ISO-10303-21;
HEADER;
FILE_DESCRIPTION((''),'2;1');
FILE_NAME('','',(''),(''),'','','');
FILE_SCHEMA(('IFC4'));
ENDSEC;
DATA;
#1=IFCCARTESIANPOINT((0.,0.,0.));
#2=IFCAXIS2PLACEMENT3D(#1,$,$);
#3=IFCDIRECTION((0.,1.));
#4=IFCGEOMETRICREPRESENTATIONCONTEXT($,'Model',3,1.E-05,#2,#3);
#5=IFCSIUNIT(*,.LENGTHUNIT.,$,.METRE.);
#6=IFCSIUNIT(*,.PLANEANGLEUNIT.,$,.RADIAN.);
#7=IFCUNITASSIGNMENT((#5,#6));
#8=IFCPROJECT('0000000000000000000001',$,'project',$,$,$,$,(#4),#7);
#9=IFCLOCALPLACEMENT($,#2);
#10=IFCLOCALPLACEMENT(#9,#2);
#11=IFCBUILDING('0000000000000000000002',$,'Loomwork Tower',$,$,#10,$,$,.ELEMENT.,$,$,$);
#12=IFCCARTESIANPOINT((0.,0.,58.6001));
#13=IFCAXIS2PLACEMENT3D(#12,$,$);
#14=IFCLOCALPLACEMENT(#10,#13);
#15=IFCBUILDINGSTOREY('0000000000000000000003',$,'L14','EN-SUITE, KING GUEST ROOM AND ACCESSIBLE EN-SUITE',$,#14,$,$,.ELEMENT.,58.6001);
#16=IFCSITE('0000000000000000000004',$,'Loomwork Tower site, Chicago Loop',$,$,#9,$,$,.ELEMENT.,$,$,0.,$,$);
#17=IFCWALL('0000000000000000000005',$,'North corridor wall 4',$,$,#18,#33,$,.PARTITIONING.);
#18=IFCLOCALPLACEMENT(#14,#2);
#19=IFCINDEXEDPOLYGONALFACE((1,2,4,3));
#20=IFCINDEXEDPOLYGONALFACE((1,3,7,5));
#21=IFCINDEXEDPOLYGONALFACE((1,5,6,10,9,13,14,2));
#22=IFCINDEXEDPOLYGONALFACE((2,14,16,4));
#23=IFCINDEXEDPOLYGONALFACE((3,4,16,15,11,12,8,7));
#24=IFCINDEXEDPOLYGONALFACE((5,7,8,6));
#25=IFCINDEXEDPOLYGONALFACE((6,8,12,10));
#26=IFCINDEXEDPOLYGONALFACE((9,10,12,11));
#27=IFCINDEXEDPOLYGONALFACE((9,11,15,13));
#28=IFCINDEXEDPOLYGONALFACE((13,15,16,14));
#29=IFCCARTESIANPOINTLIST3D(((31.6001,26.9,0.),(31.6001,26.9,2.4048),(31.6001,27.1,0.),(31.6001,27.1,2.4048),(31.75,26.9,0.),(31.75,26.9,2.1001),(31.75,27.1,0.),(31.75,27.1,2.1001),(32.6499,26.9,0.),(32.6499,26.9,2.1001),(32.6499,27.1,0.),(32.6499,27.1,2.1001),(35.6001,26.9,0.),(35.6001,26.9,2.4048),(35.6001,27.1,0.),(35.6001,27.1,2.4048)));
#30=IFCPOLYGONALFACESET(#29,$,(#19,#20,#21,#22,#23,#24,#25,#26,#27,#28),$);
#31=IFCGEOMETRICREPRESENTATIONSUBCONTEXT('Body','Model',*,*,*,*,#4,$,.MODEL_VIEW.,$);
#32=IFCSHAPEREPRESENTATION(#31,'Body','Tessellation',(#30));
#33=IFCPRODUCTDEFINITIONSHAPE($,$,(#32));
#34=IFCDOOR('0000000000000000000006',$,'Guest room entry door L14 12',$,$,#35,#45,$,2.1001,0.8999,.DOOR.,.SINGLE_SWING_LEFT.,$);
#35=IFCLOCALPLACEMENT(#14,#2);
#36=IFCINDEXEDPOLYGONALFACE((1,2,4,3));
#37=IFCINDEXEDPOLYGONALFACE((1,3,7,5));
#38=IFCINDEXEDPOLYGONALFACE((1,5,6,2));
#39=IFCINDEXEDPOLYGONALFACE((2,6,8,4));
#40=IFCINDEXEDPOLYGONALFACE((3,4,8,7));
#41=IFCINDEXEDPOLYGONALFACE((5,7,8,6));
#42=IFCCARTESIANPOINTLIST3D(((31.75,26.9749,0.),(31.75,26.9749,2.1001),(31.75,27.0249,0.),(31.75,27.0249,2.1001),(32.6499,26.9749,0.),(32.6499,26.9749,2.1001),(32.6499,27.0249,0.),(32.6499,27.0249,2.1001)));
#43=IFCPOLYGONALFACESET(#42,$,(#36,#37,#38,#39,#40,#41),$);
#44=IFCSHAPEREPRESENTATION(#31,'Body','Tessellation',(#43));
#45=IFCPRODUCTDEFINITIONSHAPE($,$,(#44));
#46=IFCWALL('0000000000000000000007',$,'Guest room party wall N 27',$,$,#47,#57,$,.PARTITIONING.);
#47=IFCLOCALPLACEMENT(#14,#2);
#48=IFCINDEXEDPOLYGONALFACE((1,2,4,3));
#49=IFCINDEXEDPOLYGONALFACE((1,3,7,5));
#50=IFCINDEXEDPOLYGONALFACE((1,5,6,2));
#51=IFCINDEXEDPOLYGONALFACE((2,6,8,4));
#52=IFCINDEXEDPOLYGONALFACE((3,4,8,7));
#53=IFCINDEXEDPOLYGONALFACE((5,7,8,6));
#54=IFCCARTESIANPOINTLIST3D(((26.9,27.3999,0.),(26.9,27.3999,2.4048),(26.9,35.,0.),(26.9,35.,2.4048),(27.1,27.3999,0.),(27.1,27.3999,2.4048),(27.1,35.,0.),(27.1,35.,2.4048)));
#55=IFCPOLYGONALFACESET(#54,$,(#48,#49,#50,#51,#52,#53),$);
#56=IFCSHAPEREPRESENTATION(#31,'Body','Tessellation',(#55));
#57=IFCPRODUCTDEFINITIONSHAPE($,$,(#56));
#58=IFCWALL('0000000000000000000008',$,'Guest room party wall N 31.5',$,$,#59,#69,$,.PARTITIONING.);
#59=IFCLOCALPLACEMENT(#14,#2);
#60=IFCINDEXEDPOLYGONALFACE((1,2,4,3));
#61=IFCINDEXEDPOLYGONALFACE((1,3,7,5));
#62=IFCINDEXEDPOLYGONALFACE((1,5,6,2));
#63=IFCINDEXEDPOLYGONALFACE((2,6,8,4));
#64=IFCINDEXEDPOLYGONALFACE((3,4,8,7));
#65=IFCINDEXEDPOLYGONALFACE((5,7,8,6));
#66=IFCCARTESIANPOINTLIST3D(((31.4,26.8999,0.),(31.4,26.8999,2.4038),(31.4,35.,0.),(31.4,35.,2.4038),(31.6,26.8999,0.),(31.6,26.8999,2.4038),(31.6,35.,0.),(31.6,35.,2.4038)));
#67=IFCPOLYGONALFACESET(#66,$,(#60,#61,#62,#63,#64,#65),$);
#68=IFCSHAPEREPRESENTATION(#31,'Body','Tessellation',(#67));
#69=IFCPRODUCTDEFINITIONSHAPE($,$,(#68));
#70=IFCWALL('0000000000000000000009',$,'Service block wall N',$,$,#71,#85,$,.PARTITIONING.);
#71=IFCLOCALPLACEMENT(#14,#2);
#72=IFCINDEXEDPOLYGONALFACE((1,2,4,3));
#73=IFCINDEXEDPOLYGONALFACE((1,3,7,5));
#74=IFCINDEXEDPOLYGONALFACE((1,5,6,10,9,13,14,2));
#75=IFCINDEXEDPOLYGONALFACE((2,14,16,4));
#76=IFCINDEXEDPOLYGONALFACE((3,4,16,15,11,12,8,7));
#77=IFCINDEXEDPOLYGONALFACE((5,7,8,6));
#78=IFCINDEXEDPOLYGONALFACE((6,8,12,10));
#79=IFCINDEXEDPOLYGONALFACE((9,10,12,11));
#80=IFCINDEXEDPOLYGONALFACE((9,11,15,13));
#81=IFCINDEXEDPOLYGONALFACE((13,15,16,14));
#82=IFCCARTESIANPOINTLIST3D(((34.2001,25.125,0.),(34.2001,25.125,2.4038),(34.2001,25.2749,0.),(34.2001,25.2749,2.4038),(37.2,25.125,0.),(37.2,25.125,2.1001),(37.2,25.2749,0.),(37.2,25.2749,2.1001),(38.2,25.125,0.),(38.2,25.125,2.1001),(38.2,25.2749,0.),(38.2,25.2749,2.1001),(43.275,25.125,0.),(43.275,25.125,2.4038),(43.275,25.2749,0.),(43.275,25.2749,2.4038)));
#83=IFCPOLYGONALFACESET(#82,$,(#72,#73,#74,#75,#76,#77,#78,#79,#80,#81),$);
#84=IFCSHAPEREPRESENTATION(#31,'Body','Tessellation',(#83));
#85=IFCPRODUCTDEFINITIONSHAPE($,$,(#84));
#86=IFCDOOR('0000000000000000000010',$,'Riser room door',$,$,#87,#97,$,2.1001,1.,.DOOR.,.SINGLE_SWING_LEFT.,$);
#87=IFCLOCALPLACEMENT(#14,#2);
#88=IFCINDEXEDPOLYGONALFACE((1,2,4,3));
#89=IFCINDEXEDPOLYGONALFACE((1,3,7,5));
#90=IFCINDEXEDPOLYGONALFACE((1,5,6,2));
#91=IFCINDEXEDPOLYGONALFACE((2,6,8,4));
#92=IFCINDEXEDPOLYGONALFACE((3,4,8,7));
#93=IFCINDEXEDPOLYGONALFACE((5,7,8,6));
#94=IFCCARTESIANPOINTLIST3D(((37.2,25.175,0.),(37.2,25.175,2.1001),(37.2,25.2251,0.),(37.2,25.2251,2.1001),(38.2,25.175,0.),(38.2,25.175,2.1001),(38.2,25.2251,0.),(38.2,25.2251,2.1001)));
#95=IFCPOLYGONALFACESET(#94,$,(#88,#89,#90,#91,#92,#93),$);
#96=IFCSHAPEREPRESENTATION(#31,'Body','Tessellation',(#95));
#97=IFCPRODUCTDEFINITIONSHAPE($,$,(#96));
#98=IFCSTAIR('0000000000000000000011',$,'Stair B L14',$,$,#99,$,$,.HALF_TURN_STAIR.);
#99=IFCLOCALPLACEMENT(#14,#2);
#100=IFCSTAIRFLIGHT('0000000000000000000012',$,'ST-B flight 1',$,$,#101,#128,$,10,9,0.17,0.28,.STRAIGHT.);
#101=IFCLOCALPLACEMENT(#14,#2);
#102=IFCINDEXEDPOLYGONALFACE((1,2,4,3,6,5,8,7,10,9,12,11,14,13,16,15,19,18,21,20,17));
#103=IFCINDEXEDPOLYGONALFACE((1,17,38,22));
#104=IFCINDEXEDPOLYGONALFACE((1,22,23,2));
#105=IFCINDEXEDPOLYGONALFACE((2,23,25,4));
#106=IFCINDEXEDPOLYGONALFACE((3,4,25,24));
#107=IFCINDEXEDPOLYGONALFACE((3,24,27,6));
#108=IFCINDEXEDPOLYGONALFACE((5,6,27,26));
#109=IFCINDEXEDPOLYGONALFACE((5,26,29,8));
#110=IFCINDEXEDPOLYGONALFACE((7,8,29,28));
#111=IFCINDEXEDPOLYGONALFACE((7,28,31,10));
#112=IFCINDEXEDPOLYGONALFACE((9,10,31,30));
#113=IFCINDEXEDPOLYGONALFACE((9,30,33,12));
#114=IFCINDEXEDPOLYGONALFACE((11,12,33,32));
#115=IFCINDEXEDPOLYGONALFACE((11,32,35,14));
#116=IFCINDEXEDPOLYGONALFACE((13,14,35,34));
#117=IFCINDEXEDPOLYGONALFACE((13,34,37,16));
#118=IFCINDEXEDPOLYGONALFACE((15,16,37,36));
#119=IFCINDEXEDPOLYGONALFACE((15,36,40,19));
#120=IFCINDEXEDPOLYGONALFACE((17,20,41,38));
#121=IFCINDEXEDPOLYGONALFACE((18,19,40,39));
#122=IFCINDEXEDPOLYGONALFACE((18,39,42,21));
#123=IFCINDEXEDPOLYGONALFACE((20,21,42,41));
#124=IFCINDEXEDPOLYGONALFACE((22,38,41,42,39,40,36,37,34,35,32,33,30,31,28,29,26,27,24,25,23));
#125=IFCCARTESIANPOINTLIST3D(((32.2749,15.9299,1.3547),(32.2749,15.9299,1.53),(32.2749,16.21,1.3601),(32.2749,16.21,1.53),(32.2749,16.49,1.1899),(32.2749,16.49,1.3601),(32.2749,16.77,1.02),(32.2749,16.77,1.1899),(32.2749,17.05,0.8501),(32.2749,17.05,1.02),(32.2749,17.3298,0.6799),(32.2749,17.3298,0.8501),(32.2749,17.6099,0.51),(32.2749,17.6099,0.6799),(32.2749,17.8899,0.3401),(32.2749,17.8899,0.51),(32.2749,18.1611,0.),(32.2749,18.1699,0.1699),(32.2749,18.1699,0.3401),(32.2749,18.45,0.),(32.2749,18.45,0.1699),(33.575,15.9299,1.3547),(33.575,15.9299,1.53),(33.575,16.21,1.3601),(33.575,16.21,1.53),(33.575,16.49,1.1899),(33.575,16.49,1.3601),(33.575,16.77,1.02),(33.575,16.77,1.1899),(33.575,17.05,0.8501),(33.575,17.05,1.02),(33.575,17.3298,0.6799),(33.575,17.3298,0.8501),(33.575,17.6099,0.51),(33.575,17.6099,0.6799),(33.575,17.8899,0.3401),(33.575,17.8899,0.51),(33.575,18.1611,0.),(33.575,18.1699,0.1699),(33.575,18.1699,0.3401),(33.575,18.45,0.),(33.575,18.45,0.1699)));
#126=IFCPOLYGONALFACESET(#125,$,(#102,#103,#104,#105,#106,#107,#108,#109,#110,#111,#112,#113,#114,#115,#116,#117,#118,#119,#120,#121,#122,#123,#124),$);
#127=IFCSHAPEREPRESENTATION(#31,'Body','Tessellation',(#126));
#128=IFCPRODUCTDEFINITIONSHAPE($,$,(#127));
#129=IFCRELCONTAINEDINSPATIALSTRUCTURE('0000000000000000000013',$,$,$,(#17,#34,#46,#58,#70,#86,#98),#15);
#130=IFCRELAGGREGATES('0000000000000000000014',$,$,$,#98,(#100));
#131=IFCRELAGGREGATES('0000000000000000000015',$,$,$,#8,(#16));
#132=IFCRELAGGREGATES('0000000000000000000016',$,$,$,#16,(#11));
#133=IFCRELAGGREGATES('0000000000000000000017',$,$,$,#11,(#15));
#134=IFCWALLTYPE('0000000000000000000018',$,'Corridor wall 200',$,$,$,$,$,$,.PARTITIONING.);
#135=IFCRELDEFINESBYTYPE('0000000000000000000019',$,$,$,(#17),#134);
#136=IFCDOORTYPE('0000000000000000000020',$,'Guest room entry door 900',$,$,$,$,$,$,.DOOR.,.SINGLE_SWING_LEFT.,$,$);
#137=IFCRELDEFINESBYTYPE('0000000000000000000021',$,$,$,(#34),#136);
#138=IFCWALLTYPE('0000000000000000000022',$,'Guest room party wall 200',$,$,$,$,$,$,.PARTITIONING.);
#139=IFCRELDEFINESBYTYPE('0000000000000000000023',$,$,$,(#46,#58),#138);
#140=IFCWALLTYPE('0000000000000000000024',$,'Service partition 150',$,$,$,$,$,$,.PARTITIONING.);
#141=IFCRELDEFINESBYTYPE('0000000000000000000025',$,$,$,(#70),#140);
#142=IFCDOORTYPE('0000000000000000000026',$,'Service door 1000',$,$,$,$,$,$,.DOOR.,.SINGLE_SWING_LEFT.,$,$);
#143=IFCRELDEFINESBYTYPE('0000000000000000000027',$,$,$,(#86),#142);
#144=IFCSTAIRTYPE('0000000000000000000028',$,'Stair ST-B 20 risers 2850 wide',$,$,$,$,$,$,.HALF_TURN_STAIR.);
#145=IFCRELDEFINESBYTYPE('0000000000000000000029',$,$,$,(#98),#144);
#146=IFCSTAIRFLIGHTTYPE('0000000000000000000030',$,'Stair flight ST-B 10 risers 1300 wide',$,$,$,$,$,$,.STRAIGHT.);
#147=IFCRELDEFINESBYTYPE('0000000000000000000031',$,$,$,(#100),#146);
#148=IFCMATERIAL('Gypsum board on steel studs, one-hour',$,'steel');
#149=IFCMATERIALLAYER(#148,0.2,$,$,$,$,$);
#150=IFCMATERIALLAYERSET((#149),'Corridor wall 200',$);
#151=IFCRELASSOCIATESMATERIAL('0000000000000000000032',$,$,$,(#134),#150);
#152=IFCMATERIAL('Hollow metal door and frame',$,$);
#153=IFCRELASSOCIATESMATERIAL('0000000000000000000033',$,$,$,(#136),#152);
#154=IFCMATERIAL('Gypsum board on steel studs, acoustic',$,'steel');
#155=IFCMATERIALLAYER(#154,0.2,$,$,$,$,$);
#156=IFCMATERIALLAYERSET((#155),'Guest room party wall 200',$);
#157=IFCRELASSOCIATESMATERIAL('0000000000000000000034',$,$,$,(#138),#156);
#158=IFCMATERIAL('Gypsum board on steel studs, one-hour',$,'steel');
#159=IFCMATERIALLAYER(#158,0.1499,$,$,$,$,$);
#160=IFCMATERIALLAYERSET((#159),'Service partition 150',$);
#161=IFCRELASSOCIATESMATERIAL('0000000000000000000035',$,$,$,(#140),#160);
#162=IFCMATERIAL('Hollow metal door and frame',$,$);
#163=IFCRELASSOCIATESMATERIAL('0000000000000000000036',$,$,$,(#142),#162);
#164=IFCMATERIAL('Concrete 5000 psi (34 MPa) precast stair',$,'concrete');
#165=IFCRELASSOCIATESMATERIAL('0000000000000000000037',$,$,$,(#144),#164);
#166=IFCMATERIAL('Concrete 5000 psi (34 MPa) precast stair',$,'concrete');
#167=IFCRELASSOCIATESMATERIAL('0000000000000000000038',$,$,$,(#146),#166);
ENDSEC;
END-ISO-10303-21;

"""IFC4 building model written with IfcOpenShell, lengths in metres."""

from ifc_helpers import new_model, si_unit, direction, frame, frame_2d, origin, place, context, subcontext, project, spatial, polyline, rectangle, outline, extrude, material, layer, layer_set, type_object, element, fill, aggregate, save


model = new_model("IFC4")

# Units and contexts
model_context = context("Model", 3, precision=1e-05, world=origin(), true_north=direction((0.0, 1.0)))
body_context = subcontext(model_context, "Body", "Model", "MODEL_VIEW")
ifc_project = project(units=[si_unit("LENGTHUNIT", "METRE"), si_unit("PLANEANGLEUNIT", "RADIAN")], contexts=[model_context])

# Site, building, storey
site_placement = place(None, origin())
site = spatial("IfcSite", under=ifc_project, at=site_placement, Name="Loomwork Tower site, Chicago Loop", CompositionType="ELEMENT", RefElevation=0.0)
building_placement = place(site_placement, origin())
building = spatial("IfcBuilding", under=site, at=building_placement, Name="Loomwork Tower", CompositionType="ELEMENT")
storey_placement = place(building_placement, frame((0.0, 0.0, 58.6001)))
storey = spatial("IfcBuildingStorey", under=building, at=storey_placement, Name="L14", Description="EN-SUITE, KING GUEST ROOM AND ACCESSIBLE EN-SUITE", CompositionType="ELEMENT", Elevation=58.6001)

# Wall, opening, door
ifc_material_1 = material(Name="Gypsum board on steel studs, one-hour", Category="steel")
ifc_layer_1 = layer(ifc_material_1, 0.2)
ifc_layer_set_1 = layer_set([ifc_layer_1], Name="Corridor wall 200")
wall_type_1 = type_object("IfcWallType", Name="Corridor wall 200", PredefinedType="PARTITIONING", material=ifc_layer_set_1)
wall_1_placement = place(storey_placement, frame((31.6001, 27.0, 0.0), z_axis=(0.0, 0.0, 1.0), x_axis=(1.0, 0.0, 0.0)))
wall_1 = element("IfcWall", 1, at=wall_1_placement, inside=storey, type_object=wall_type_1, Name="North corridor wall 4", PredefinedType="PARTITIONING", context=body_context, shape_type="SweptSolid", body=[
    extrude(rectangle(XDim=4.0, YDim=0.2, at=frame_2d((2.0, 0.0))), origin(), (0.0, 0.0, 1.0), 2.4048),
])
opening_1_placement = place(wall_1_placement, frame((0.1499, 0.0, 0.0)))
opening_1 = element("IfcOpeningElement", 2, at=opening_1_placement, cuts=wall_1, PredefinedType="OPENING", context=body_context, shape_type="SweptSolid", body=[
    extrude(rectangle(XDim=0.8999, YDim=2.1001, at=frame_2d((0.45, 1.05))), frame((0.0, 0.1099, 0.0), z_axis=(0.0, -1.0, 0.0), x_axis=(1.0, 0.0, 0.0)), (0.0, 0.0, 1.0), 0.22),
])
ifc_material_2 = material(Name="Hollow metal door and frame")
door_type_1 = type_object("IfcDoorType", Name="Guest room entry door 900", OperationType="SINGLE_SWING_LEFT", PredefinedType="DOOR", material=ifc_material_2)
door_1_placement = place(opening_1_placement, origin())
door_1 = element("IfcDoor", 3, at=door_1_placement, inside=storey, type_object=door_type_1, Name="Guest room entry door L14 12", OperationType="SINGLE_SWING_LEFT", OverallHeight=2.1001, OverallWidth=0.8999, PredefinedType="DOOR", context=body_context, shape_type="SweptSolid", body=[
    extrude(rectangle(XDim=0.8999, YDim=2.1001, at=frame_2d((0.45, 1.05))), frame((0.0, 0.0249, 0.0), z_axis=(0.0, -1.0, 0.0), x_axis=(1.0, 0.0, 0.0)), (0.0, 0.0, 1.0), 0.05),
])
fill(opening_1, door_1)

# Walls
ifc_material_3 = material(Name="Gypsum board on steel studs, acoustic", Category="steel")
ifc_layer_2 = layer(ifc_material_3, 0.2)
ifc_layer_set_2 = layer_set([ifc_layer_2], Name="Guest room party wall 200")
wall_type_2 = type_object("IfcWallType", Name="Guest room party wall 200", PredefinedType="PARTITIONING", material=ifc_layer_set_2)
wall_2_placement = place(storey_placement, frame((27.0, 27.3999, 0.0), z_axis=(0.0, 0.0, 1.0), x_axis=(0.0, 1.0, 0.0)))
element("IfcWall", 4, at=wall_2_placement, inside=storey, type_object=wall_type_2, Name="Guest room party wall N 27", PredefinedType="PARTITIONING", context=body_context, shape_type="SweptSolid", body=[
    extrude(rectangle(XDim=7.6001, YDim=0.2, at=frame_2d((3.8, 0.0))), origin(), (0.0, 0.0, 1.0), 2.4048),
])
wall_3_placement = place(storey_placement, frame((31.5, 26.8999, 0.0), z_axis=(0.0, 0.0, 1.0), x_axis=(0.0, 1.0, 0.0)))
element("IfcWall", 5, at=wall_3_placement, inside=storey, type_object=wall_type_2, Name="Guest room party wall N 31.5", PredefinedType="PARTITIONING", context=body_context, shape_type="SweptSolid", body=[
    extrude(rectangle(XDim=8.1001, YDim=0.2, at=frame_2d((4.05, 0.0))), origin(), (0.0, 0.0, 1.0), 2.4038),
])

# Wall, opening, door
ifc_material_4 = material(Name="Gypsum board on steel studs, one-hour", Category="steel")
ifc_layer_3 = layer(ifc_material_4, 0.1499)
ifc_layer_set_3 = layer_set([ifc_layer_3], Name="Service partition 150")
wall_type_3 = type_object("IfcWallType", Name="Service partition 150", PredefinedType="PARTITIONING", material=ifc_layer_set_3)
wall_4_placement = place(storey_placement, frame((34.2, 25.2, 0.0), z_axis=(0.0, 0.0, 1.0), x_axis=(1.0, 0.0, 0.0)))
wall_4 = element("IfcWall", 6, at=wall_4_placement, inside=storey, type_object=wall_type_3, Name="Service block wall N", PredefinedType="PARTITIONING", context=body_context, shape_type="SweptSolid", body=[
    extrude(rectangle(XDim=9.075, YDim=0.1499, at=frame_2d((4.5376, 0.0))), origin(), (0.0, 0.0, 1.0), 2.4038),
])
opening_2_placement = place(wall_4_placement, frame((3.0, 0.0, 0.0)))
opening_2 = element("IfcOpeningElement", 7, at=opening_2_placement, cuts=wall_4, PredefinedType="OPENING", context=body_context, shape_type="SweptSolid", body=[
    extrude(rectangle(XDim=1.0, YDim=2.1001, at=frame_2d((0.5, 1.05))), frame((0.0, 0.085, 0.0), z_axis=(0.0, -1.0, 0.0), x_axis=(1.0, 0.0, 0.0)), (0.0, 0.0, 1.0), 0.1699),
])
ifc_material_5 = material(Name="Hollow metal door and frame")
door_type_2 = type_object("IfcDoorType", Name="Service door 1000", OperationType="SINGLE_SWING_LEFT", PredefinedType="DOOR", material=ifc_material_5)
door_2_placement = place(opening_2_placement, frame((1.0, 0.0, 0.0), z_axis=(0.0, 0.0, 1.0), x_axis=(-1.0, 0.0, 0.0)))
door_2 = element("IfcDoor", 8, at=door_2_placement, inside=storey, type_object=door_type_2, Name="Riser room door", OperationType="SINGLE_SWING_LEFT", OverallHeight=2.1001, OverallWidth=1.0, PredefinedType="DOOR", context=body_context, shape_type="SweptSolid", body=[
    extrude(rectangle(XDim=1.0, YDim=2.1001, at=frame_2d((0.5, 1.05))), frame((0.0, 0.0249, 0.0), z_axis=(0.0, -1.0, 0.0), x_axis=(1.0, 0.0, 0.0)), (0.0, 0.0, 1.0), 0.05),
])
fill(opening_2, door_2)

# Stair, stair flight
ifc_material_6 = material(Name="Concrete 5000 psi (34 MPa) precast stair", Category="concrete")
stair_type = type_object("IfcStairType", Name="Stair ST-B 20 risers 2850 wide", PredefinedType="HALF_TURN_STAIR", material=ifc_material_6)
stair_placement = place(storey_placement, origin())
stair = element("IfcStair", 9, at=stair_placement, inside=storey, type_object=stair_type, Name="Stair B L14", PredefinedType="HALF_TURN_STAIR")
ifc_material_7 = material(Name="Concrete 5000 psi (34 MPa) precast stair", Category="concrete")
stair_flight_type = type_object("IfcStairFlightType", Name="Stair flight ST-B 10 risers 1300 wide", PredefinedType="STRAIGHT", material=ifc_material_7)
stair_flight_placement = place(storey_placement, frame((32.925, 18.45, 0.0), z_axis=(0.0, 0.0, 1.0), x_axis=(0.0, -1.0, 0.0)))
stair_flight = element("IfcStairFlight", 10, at=stair_flight_placement, type_object=stair_flight_type, Name="ST-B flight 1", NumberOfRisers=10, NumberOfTreads=9, PredefinedType="STRAIGHT", RiserHeight=0.17, TreadLength=0.28, context=body_context, shape_type="SweptSolid", body=[
    extrude(outline(polyline([(0.0, 0.0), (0.0, 0.1699), (0.28, 0.1699), (0.28, 0.3401), (0.5601, 0.3401), (0.5601, 0.51), (0.8401, 0.51), (0.8401, 0.6799), (1.1201, 0.6799), (1.1201, 0.8501), (1.3999, 0.8501), (1.3999, 1.02), (1.6799, 1.02), (1.6799, 1.1899), (1.96, 1.1899), (1.96, 1.3601), (2.24, 1.3601), (2.24, 1.53), (2.52, 1.53), (2.52, 1.7), (2.52, 1.3547), (0.2888, 0.0), (0.0, 0.0)])), frame((0.0, 0.6499, 0.0), z_axis=(0.0, -1.0, 0.0), x_axis=(1.0, 0.0, 0.0)), (0.0, 0.0, 1.0), 1.3),
])
aggregate(stair, [stair_flight])

save(model, "model.ifc")
